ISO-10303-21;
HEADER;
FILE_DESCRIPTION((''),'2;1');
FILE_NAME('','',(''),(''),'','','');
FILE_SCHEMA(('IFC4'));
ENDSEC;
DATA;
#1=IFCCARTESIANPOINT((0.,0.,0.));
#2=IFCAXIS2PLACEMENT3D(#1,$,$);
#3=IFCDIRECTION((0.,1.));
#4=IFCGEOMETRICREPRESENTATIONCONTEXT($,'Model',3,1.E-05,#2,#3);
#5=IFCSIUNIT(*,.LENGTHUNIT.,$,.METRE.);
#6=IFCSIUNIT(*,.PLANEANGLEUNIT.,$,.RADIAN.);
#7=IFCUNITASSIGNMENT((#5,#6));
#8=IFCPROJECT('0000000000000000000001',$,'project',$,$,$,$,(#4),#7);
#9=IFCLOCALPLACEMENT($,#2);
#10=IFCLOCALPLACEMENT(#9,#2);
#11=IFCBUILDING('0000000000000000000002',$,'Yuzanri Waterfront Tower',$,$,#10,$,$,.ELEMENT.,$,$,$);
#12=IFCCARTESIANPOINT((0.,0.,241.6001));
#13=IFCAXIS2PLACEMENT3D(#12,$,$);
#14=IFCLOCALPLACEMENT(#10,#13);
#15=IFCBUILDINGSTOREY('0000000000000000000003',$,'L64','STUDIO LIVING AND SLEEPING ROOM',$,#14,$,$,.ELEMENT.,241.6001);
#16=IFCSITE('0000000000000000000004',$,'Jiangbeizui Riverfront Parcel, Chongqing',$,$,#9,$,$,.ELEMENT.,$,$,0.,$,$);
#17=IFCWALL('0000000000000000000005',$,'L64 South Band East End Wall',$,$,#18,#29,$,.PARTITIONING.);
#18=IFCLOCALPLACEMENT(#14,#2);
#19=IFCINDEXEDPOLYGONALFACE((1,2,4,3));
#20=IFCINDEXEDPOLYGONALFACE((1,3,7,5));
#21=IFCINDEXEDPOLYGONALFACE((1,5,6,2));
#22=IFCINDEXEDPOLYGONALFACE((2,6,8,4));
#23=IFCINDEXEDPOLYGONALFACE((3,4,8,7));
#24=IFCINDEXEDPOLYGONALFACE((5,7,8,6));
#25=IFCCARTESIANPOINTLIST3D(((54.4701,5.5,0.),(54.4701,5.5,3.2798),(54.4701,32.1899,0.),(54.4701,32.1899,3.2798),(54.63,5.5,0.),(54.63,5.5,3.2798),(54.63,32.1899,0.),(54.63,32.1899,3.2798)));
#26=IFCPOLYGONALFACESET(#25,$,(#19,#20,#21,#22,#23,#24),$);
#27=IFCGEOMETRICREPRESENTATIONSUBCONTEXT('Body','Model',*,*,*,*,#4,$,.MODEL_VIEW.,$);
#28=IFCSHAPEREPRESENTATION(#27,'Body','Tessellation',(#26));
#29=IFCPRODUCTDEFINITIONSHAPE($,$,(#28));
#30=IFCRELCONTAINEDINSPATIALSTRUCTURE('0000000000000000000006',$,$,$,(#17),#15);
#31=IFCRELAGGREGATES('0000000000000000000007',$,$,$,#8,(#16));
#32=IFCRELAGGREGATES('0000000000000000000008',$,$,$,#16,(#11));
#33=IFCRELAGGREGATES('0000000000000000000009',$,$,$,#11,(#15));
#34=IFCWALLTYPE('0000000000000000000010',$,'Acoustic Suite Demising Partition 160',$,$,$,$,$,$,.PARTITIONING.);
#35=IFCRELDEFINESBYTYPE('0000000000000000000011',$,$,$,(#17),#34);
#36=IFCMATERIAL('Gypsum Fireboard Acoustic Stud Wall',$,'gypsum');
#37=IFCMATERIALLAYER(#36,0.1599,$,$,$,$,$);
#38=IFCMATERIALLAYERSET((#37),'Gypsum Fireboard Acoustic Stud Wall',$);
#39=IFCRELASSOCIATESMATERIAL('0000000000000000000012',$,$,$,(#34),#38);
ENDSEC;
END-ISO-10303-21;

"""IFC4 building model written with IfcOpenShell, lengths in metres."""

from ifc_helpers import new_model, si_unit, direction, frame, frame_2d, origin, place, context, subcontext, project, spatial, rectangle, extrude, source, transform, mapped, material, layer, layer_set, type_object, element, save


model = new_model("IFC4")

# Units and contexts
model_context = context("Model", 3, precision=1e-05, world=origin(), true_north=direction((0.0, 1.0)))
body_context = subcontext(model_context, "Body", "Model", "MODEL_VIEW")
ifc_project = project(units=[si_unit("LENGTHUNIT", "METRE"), si_unit("PLANEANGLEUNIT", "RADIAN")], contexts=[model_context])

# Site, building, storey
site_placement = place(None, origin())
site = spatial("IfcSite", under=ifc_project, at=site_placement, Name="Jiangbeizui Riverfront Parcel, Chongqing", CompositionType="ELEMENT", RefElevation=0.0)
building_placement = place(site_placement, origin())
building = spatial("IfcBuilding", under=site, at=building_placement, Name="Yuzanri Waterfront Tower", CompositionType="ELEMENT")
storey_placement = place(building_placement, frame((0.0, 0.0, 241.6001)))
storey = spatial("IfcBuildingStorey", under=building, at=storey_placement, Name="L64", Description="STUDIO LIVING AND SLEEPING ROOM", CompositionType="ELEMENT", Elevation=241.6001)

# Wall
ifc_material_1 = material(Name="Gypsum Fireboard Acoustic Stud Wall", Category="gypsum")
ifc_layer_1 = layer(ifc_material_1, 0.1599)
ifc_layer_set_1 = layer_set([ifc_layer_1], Name="Gypsum Fireboard Acoustic Stud Wall")
wall_type_1 = type_object("IfcWallType", Name="Acoustic Suite Demising Partition 160", PredefinedType="PARTITIONING", material=ifc_layer_set_1)
shared_shape_1 = source(origin(), body_context, "Body", "SweptSolid", [
    extrude(rectangle(XDim=26.6899, YDim=0.1599, at=frame_2d((13.345, 0.0))), origin(), (0.0, 0.0, 1.0), 3.2798),
])
wall_1_placement = place(storey_placement, frame((54.55, 5.5, 0.0), z_axis=(0.0, 0.0, 1.0), x_axis=(0.0, 1.0, 0.0)))
element("IfcWall", 1, at=wall_1_placement, inside=storey, type_object=wall_type_1, Name="L64 South Band East End Wall", PredefinedType="PARTITIONING", context=body_context, shape_type="MappedRepresentation", body=[
    mapped(shared_shape_1, transform((0.0, 0.0, 0.0), scale=1.0)),
])

save(model, "model.ifc")
